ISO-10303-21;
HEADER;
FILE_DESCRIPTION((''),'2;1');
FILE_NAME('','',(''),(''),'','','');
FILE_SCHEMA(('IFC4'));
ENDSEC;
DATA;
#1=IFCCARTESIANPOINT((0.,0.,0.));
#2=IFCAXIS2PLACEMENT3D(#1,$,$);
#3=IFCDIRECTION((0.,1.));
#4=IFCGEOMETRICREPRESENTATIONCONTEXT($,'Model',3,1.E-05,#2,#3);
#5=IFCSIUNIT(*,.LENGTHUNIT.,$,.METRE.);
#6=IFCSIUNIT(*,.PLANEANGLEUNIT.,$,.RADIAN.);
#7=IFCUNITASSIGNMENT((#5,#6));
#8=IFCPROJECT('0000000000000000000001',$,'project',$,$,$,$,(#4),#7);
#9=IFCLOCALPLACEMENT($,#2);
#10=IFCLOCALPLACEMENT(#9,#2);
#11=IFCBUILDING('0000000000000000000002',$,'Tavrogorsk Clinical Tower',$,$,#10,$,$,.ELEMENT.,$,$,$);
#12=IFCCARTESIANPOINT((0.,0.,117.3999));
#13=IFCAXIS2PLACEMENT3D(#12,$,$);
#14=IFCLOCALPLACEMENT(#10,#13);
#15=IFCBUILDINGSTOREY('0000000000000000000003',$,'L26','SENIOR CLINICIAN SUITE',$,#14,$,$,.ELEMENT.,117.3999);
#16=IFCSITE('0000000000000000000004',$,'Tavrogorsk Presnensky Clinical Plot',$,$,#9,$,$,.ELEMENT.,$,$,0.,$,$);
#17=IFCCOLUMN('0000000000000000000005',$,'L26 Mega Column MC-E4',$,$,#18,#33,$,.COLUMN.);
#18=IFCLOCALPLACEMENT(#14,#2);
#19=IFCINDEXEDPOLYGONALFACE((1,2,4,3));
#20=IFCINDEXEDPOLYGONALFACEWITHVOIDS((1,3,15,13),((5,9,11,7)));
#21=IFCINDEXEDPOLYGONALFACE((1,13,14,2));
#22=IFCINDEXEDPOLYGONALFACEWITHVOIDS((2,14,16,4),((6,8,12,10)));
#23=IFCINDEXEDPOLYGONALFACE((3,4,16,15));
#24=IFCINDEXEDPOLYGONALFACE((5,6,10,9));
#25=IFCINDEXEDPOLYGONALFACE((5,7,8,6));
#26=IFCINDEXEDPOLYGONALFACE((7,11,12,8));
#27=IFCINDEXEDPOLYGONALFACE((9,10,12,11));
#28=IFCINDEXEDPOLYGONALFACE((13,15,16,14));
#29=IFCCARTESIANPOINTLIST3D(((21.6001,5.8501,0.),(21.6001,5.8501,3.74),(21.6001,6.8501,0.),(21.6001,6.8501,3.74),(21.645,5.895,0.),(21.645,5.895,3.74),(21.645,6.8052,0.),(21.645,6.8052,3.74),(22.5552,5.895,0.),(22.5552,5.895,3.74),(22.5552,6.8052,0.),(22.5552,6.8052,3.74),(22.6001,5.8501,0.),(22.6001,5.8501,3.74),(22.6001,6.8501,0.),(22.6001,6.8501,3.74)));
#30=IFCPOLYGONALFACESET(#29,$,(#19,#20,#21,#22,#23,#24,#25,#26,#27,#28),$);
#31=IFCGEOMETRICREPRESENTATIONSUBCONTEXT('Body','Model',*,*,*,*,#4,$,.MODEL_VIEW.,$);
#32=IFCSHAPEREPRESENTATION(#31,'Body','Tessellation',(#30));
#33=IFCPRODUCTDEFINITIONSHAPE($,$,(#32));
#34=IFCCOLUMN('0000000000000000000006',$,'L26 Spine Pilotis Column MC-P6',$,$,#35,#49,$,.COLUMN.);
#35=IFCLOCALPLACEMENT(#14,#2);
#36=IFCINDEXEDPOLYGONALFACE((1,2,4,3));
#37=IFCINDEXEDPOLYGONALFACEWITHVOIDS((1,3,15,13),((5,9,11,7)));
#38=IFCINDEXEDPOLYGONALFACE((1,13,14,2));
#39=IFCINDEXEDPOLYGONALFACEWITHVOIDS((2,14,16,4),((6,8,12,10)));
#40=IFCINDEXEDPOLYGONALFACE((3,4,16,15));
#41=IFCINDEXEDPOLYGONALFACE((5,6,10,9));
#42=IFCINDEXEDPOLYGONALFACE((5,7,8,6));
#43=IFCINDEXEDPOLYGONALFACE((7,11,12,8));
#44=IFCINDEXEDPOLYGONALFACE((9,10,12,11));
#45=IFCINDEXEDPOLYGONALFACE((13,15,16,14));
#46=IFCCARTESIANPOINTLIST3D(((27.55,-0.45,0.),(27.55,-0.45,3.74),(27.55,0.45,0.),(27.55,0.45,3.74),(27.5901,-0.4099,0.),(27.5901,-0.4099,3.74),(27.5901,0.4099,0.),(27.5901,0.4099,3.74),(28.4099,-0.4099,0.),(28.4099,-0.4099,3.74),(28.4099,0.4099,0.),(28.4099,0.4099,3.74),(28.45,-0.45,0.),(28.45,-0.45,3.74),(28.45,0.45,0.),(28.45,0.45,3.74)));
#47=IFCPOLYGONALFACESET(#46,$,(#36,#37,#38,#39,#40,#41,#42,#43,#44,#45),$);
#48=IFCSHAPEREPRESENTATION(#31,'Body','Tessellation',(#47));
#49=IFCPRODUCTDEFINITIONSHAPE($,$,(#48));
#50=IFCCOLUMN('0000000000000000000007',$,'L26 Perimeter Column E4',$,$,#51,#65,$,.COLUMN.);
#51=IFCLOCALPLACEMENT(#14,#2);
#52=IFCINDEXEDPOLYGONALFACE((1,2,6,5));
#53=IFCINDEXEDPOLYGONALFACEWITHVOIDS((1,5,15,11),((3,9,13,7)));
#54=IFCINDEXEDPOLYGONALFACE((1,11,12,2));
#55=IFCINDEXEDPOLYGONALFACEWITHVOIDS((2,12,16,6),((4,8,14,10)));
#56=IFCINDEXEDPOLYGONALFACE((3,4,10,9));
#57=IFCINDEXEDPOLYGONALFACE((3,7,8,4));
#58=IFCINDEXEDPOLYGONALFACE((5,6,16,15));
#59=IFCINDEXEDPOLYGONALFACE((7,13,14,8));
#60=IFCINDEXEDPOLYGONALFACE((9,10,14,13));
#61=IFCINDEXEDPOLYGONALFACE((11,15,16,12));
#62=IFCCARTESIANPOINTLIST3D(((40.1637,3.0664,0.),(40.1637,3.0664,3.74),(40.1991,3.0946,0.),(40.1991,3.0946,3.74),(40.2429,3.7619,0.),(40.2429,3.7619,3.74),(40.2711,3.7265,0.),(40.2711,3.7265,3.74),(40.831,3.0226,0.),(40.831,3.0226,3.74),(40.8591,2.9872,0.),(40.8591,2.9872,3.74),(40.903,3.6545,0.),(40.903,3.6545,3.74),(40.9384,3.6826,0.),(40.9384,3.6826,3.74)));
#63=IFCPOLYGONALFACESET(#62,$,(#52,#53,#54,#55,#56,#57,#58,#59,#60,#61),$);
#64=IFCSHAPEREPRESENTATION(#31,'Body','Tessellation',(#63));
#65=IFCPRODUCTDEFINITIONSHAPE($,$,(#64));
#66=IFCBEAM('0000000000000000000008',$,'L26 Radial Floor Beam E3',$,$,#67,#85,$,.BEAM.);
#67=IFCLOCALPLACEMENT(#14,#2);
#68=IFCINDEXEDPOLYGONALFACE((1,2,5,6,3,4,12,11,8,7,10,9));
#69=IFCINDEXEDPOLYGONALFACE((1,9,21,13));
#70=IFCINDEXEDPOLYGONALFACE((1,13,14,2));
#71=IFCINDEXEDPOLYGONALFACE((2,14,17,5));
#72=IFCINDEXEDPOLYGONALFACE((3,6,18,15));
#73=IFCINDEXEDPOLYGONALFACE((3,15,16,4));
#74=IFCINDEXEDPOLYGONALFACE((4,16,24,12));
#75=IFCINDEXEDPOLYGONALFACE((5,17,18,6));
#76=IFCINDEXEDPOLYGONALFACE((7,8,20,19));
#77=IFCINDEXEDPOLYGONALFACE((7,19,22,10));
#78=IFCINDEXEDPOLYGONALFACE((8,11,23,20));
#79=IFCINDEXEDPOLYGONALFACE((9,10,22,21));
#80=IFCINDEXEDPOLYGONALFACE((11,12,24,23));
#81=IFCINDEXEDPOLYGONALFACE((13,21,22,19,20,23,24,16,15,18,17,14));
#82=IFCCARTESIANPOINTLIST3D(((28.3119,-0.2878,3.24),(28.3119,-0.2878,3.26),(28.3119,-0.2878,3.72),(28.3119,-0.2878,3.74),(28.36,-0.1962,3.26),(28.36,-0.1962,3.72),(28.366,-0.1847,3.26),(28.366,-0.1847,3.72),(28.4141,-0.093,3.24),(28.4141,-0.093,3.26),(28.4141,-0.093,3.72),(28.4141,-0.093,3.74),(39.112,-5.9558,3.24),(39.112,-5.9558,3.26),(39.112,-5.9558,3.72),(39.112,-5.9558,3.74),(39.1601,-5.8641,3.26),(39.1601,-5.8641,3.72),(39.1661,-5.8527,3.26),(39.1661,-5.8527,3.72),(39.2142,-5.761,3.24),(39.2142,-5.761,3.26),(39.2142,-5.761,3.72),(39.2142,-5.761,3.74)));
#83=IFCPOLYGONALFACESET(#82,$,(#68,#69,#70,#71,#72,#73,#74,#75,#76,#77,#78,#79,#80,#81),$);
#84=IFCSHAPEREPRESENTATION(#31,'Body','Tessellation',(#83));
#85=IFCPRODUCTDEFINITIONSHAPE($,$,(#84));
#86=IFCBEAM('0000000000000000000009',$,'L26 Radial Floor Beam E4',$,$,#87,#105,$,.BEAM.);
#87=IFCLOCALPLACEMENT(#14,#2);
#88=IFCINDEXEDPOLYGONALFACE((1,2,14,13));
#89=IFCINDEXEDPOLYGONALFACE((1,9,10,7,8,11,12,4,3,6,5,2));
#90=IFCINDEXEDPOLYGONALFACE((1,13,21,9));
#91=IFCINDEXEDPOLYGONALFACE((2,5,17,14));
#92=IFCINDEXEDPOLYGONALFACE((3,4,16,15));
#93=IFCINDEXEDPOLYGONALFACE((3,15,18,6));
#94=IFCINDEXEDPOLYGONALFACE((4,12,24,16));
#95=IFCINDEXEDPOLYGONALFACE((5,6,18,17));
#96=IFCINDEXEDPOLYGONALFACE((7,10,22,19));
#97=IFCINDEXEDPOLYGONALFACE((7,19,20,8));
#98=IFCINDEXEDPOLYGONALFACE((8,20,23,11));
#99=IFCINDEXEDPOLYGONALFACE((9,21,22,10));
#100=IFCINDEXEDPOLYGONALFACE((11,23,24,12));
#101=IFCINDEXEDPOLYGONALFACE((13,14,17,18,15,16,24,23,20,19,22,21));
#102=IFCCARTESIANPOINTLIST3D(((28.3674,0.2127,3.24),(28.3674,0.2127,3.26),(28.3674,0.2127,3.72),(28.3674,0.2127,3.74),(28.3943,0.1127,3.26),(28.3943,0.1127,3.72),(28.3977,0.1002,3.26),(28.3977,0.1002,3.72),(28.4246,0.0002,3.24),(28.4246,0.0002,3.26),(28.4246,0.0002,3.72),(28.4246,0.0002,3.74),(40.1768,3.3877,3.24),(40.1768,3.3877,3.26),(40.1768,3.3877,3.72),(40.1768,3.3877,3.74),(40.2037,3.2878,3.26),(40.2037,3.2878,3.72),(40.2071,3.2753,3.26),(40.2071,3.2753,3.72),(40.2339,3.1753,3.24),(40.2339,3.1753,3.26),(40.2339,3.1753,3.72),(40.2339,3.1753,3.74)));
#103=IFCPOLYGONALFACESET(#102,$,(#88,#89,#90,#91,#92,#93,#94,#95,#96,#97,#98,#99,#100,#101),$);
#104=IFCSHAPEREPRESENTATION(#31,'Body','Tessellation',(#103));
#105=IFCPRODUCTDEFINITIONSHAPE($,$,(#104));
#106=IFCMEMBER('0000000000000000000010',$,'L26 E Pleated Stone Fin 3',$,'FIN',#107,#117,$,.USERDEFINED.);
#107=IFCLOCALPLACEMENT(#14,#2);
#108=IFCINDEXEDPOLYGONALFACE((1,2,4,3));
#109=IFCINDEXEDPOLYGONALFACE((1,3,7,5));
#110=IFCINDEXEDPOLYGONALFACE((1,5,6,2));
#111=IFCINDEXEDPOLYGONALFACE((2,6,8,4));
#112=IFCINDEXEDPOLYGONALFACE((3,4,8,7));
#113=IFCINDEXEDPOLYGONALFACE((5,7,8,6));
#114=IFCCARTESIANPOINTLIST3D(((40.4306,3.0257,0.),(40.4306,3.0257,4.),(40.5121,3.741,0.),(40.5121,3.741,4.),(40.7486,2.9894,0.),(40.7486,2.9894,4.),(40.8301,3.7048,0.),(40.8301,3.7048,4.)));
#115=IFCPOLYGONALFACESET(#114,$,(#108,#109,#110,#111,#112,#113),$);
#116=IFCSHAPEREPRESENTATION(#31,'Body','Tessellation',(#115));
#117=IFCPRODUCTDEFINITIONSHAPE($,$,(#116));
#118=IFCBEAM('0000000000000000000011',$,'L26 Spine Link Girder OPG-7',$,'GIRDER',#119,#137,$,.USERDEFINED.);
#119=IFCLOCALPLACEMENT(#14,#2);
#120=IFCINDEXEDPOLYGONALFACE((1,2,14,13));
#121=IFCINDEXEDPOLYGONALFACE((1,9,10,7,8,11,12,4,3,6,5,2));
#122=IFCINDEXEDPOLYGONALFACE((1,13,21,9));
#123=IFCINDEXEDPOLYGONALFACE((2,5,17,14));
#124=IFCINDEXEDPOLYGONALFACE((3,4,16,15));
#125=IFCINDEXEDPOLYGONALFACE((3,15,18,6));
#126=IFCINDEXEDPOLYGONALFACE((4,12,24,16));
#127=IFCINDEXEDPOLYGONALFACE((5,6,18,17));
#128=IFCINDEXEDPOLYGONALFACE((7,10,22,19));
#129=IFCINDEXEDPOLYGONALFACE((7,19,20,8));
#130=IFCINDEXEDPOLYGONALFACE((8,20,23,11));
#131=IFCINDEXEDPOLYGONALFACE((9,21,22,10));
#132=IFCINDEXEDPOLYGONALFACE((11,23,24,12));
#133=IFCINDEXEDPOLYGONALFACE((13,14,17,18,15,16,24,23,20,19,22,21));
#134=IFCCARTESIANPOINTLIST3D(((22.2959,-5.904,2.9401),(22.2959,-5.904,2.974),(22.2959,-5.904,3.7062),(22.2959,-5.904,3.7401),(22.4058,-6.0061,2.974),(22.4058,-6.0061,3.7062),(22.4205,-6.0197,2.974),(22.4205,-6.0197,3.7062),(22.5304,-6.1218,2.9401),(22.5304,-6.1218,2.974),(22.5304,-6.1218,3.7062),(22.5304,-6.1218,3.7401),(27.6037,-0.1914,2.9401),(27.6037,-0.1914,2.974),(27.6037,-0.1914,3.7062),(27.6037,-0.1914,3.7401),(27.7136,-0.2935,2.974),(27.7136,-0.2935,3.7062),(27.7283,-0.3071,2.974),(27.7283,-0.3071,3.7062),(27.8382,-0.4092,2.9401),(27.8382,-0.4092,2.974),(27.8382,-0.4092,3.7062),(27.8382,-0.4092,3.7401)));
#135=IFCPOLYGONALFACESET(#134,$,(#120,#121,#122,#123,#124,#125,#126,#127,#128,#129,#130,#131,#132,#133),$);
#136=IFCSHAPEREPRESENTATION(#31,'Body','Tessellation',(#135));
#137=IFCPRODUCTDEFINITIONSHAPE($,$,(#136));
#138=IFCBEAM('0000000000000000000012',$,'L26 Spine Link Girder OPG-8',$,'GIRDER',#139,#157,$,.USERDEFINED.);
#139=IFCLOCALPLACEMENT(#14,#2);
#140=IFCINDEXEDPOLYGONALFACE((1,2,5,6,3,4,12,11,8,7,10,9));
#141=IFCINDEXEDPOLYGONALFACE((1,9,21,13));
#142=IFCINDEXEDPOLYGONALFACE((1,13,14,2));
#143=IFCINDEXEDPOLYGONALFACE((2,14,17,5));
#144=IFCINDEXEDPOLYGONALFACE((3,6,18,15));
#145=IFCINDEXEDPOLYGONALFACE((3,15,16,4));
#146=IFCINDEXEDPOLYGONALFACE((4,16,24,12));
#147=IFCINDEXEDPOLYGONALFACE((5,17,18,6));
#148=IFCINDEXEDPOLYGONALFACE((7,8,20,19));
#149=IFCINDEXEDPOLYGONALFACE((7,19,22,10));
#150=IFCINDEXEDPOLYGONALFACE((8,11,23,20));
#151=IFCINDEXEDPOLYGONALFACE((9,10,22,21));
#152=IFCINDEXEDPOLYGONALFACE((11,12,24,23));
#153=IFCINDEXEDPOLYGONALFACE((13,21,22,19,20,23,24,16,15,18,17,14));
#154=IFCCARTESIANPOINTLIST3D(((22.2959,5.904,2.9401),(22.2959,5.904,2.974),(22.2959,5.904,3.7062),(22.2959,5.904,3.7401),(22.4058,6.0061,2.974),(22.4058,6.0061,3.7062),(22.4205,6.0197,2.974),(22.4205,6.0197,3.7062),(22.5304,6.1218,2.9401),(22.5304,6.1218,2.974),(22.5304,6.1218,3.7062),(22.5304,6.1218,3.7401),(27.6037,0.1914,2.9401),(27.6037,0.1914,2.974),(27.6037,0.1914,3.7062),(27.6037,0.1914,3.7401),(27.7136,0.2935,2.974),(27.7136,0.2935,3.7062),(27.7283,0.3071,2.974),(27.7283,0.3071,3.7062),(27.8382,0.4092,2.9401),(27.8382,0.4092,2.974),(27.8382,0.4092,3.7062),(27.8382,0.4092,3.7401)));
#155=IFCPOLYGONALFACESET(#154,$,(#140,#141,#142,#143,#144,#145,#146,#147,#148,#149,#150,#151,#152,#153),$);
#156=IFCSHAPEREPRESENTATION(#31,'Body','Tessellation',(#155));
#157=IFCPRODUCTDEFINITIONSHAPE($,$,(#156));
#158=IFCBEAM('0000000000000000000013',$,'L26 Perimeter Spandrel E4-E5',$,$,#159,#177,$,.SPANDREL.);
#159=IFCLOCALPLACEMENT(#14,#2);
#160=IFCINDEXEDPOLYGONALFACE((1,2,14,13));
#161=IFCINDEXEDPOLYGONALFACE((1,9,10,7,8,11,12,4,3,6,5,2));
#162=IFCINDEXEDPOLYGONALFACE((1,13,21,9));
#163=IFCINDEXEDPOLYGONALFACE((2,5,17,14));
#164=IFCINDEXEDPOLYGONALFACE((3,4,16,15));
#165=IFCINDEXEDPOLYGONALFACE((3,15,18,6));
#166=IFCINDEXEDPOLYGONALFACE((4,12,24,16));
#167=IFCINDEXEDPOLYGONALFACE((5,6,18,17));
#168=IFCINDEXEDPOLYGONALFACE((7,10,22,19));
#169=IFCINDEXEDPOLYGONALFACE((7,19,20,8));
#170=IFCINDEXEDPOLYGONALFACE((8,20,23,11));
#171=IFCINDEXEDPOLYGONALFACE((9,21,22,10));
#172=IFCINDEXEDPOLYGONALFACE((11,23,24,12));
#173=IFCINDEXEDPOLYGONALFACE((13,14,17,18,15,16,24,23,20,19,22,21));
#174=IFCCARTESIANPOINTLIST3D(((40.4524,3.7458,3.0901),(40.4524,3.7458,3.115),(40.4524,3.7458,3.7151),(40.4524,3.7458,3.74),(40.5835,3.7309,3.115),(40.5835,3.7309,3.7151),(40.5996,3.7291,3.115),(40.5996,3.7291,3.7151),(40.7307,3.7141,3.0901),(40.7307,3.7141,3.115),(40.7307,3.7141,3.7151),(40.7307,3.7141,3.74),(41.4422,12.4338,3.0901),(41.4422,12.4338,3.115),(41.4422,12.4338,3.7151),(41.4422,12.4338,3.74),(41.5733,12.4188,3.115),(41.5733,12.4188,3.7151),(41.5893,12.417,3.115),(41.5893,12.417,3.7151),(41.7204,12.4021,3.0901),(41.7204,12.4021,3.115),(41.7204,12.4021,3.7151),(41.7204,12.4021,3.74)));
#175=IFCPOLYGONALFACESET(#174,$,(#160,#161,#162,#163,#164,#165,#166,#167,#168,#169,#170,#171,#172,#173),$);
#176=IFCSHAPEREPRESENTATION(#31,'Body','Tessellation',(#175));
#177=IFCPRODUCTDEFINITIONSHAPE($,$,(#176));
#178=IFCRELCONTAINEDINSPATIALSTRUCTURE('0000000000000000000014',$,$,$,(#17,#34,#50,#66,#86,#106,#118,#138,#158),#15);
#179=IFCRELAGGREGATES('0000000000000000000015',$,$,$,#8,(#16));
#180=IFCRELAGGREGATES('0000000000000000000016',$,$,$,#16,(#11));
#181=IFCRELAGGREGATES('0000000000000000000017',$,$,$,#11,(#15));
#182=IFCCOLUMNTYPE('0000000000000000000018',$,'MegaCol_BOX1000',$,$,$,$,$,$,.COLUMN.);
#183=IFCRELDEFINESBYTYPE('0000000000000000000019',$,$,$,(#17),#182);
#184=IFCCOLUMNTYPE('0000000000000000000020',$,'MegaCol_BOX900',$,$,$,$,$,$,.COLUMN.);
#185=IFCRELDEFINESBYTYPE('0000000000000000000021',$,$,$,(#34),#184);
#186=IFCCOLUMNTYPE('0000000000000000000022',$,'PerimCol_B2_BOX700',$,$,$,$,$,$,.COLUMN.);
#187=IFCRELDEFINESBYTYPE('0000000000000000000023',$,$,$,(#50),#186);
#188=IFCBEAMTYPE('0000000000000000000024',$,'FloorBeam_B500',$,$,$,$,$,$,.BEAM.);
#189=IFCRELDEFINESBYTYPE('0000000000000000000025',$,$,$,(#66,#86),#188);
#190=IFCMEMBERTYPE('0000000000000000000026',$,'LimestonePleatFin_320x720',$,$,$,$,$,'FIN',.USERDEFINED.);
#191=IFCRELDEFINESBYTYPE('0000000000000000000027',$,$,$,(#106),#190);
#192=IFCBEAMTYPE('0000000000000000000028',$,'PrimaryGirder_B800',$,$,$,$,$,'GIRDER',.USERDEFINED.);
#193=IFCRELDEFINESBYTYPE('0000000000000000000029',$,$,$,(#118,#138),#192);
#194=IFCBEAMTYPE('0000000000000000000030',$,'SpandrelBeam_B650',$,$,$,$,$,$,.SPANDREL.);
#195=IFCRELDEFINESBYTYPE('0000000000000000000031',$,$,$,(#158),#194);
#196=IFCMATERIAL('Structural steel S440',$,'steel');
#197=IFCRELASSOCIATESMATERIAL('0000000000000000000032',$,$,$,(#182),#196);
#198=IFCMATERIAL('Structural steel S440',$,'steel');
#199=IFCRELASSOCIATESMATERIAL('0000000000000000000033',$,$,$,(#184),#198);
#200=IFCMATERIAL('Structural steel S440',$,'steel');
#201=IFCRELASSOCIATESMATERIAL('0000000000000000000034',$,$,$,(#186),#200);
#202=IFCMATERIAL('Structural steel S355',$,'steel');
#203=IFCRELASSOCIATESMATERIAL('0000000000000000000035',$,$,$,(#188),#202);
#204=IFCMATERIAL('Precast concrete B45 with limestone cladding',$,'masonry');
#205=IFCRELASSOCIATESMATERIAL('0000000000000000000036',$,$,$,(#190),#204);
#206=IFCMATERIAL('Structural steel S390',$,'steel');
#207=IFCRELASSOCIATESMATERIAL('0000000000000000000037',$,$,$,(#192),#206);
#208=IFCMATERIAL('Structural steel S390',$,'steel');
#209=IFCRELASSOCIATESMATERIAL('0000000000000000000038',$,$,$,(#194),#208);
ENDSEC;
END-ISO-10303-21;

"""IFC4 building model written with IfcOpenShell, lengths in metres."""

from ifc_helpers import new_model, si_unit, direction, frame, origin, origin_2d, place, context, subcontext, project, spatial, rectangle, hollow_rectangle, i_section, extrude, material, material_profile, profile_set, type_object, element, save


model = new_model("IFC4")

# Units and contexts
model_context = context("Model", 3, precision=1e-05, world=origin(), true_north=direction((0.0, 1.0)))
body_context = subcontext(model_context, "Body", "Model", "MODEL_VIEW")
ifc_project = project(units=[si_unit("LENGTHUNIT", "METRE"), si_unit("PLANEANGLEUNIT", "RADIAN")], contexts=[model_context])

# Site, building, storey
site_placement = place(None, origin())
site = spatial("IfcSite", under=ifc_project, at=site_placement, Name="Tavrogorsk Presnensky Clinical Plot", CompositionType="ELEMENT", RefElevation=0.0)
building_placement = place(site_placement, origin())
building = spatial("IfcBuilding", under=site, at=building_placement, Name="Tavrogorsk Clinical Tower", CompositionType="ELEMENT")
storey_placement = place(building_placement, frame((0.0, 0.0, 117.3999)))
storey = spatial("IfcBuildingStorey", under=building, at=storey_placement, Name="L26", Description="SENIOR CLINICIAN SUITE", CompositionType="ELEMENT", Elevation=117.3999)

# Columns
ifc_material_1 = material(Name="Structural steel S440", Category="steel")
ifc_material_profile_1 = material_profile(ifc_material_1, hollow_rectangle(XDim=1.0, YDim=1.0, WallThickness=0.0449, at=origin_2d()), Name="BOX-1000x1000x45")
ifc_profile_set_1 = profile_set([ifc_material_profile_1], Name="Structural steel S440")
column_type_1 = type_object("IfcColumnType", Name="MegaCol_BOX1000", PredefinedType="COLUMN", material=ifc_profile_set_1)
column_1_placement = place(storey_placement, frame((22.1001, 6.3501, 0.0), z_axis=(0.0, 0.0, 1.0), x_axis=(1.0, 0.0, 0.0)))
element("IfcColumn", 1, at=column_1_placement, inside=storey, type_object=column_type_1, Name="L26 Mega Column MC-E4", PredefinedType="COLUMN", context=body_context, shape_type="SweptSolid", body=[
    extrude(hollow_rectangle(XDim=1.0, YDim=1.0, WallThickness=0.0449, at=origin_2d()), origin(), (0.0, 0.0, 1.0), 3.74),
])
ifc_material_2 = material(Name="Structural steel S440", Category="steel")
ifc_material_profile_2 = material_profile(ifc_material_2, hollow_rectangle(XDim=0.8999, YDim=0.8999, WallThickness=0.04, at=origin_2d()), Name="BOX-900x900x40")
ifc_profile_set_2 = profile_set([ifc_material_profile_2], Name="Structural steel S440")
column_type_2 = type_object("IfcColumnType", Name="MegaCol_BOX900", PredefinedType="COLUMN", material=ifc_profile_set_2)
column_2_placement = place(storey_placement, frame((28.0, 0.0, 0.0), z_axis=(0.0, 0.0, 1.0), x_axis=(1.0, 0.0, 0.0)))
element("IfcColumn", 2, at=column_2_placement, inside=storey, type_object=column_type_2, Name="L26 Spine Pilotis Column MC-P6", PredefinedType="COLUMN", context=body_context, shape_type="SweptSolid", body=[
    extrude(hollow_rectangle(XDim=0.8999, YDim=0.8999, WallThickness=0.04, at=origin_2d()), origin(), (0.0, 0.0, 1.0), 3.74),
])
ifc_material_3 = material(Name="Structural steel S440", Category="steel")
ifc_material_profile_3 = material_profile(ifc_material_3, hollow_rectangle(XDim=0.7, YDim=0.7, WallThickness=0.032, at=origin_2d()), Name="BOX-700x700x32")
ifc_profile_set_3 = profile_set([ifc_material_profile_3], Name="Structural steel S440")
column_type_3 = type_object("IfcColumnType", Name="PerimCol_B2_BOX700", PredefinedType="COLUMN", material=ifc_profile_set_3)
column_3_placement = place(storey_placement, frame((40.551, 3.3745, 0.0), z_axis=(0.0, 0.0, 1.0), x_axis=(0.993572, -0.113203, 0.0)))
element("IfcColumn", 3, at=column_3_placement, inside=storey, type_object=column_type_3, Name="L26 Perimeter Column E4", PredefinedType="COLUMN", context=body_context, shape_type="SweptSolid", body=[
    extrude(hollow_rectangle(XDim=0.7, YDim=0.7, WallThickness=0.032, at=origin_2d()), origin(), (0.0, 0.0, 1.0), 3.74),
])

# Beams
ifc_material_4 = material(Name="Structural steel S355", Category="steel")
ifc_material_profile_4 = material_profile(ifc_material_4, i_section(OverallWidth=0.22, OverallDepth=0.5, WebThickness=0.0129, FlangeThickness=0.02, at=origin_2d()), Name="B-500x220x13x20")
ifc_profile_set_4 = profile_set([ifc_material_profile_4], Name="Structural steel S355")
beam_type_1 = type_object("IfcBeamType", Name="FloorBeam_B500", PredefinedType="BEAM", material=ifc_profile_set_4)
beam_1_placement = place(storey_placement, frame((28.363, -0.1904, 3.49), z_axis=(0.885467, -0.464702, 0.0), x_axis=(0.464702, 0.885467, 0.0)))
element("IfcBeam", 4, at=beam_1_placement, inside=storey, type_object=beam_type_1, Name="L26 Radial Floor Beam E3", PredefinedType="BEAM", context=body_context, shape_type="SweptSolid", body=[
    extrude(i_section(OverallWidth=0.22, OverallDepth=0.5, WebThickness=0.0129, FlangeThickness=0.02, at=origin_2d()), origin(), (0.0, 0.0, 1.0), 12.197),
])
beam_2_placement = place(storey_placement, frame((28.396, 0.1064, 3.49), z_axis=(0.965706, 0.259639, 0.0), x_axis=(-0.259639, 0.965706, 0.0)))
element("IfcBeam", 5, at=beam_2_placement, inside=storey, type_object=beam_type_1, Name="L26 Radial Floor Beam E4", PredefinedType="BEAM", context=body_context, shape_type="SweptSolid", body=[
    extrude(i_section(OverallWidth=0.22, OverallDepth=0.5, WebThickness=0.0129, FlangeThickness=0.02, at=origin_2d()), origin(), (0.0, 0.0, 1.0), 12.2288),
])

# Member
ifc_material_5 = material(Name="Precast concrete B45 with limestone cladding", Category="masonry")
ifc_material_profile_5 = material_profile(ifc_material_5, rectangle(XDim=0.3201, YDim=0.72, at=origin_2d()), Name="LIMESTONE-FIN-320x720")
ifc_profile_set_5 = profile_set([ifc_material_profile_5], Name="Precast concrete B45 with limestone cladding")
member_type = type_object("IfcMemberType", Name="LimestonePleatFin_320x720", ElementType="FIN", PredefinedType="USERDEFINED", material=ifc_profile_set_5)
member_placement = place(storey_placement, frame((40.6304, 3.3652, 0.0), z_axis=(0.0, 0.0, 1.0), x_axis=(0.993572, -0.113203, 0.0)))
element("IfcMember", 6, at=member_placement, inside=storey, type_object=member_type, Name="L26 E Pleated Stone Fin 3", ObjectType="FIN", PredefinedType="USERDEFINED", context=body_context, shape_type="SweptSolid", body=[
    extrude(rectangle(XDim=0.3201, YDim=0.72, at=origin_2d()), origin(), (0.0, 0.0, 1.0), 4.0),
])

# Beams
ifc_material_6 = material(Name="Structural steel S390", Category="steel")
ifc_material_profile_6 = material_profile(ifc_material_6, i_section(OverallWidth=0.3201, OverallDepth=0.8, WebThickness=0.02, FlangeThickness=0.0339, at=origin_2d()), Name="B-800x320x20x34")
ifc_profile_set_6 = profile_set([ifc_material_profile_6], Name="Structural steel S390")
beam_type_2 = type_object("IfcBeamType", Name="PrimaryGirder_B800", ElementType="GIRDER", PredefinedType="USERDEFINED", material=ifc_profile_set_6)
for number, where, z_axis, x_axis, name in (
    (7, (27.7209, -0.3003, 3.3401), (-0.680676, -0.732585, 0.0), (0.732585, -0.680676, 0.0), "L26 Spine Link Girder OPG-7"),
    (8, (27.7209, 0.3003, 3.3401), (-0.680676, 0.732585, 0.0), (-0.732585, -0.680676, 0.0), "L26 Spine Link Girder OPG-8"),
):
    element("IfcBeam", number, at=place(storey_placement, frame(where, z_axis=z_axis, x_axis=x_axis)), inside=storey, type_object=beam_type_2, Name=name, ObjectType="GIRDER", PredefinedType="USERDEFINED", context=body_context, shape_type="SweptSolid", body=[
        extrude(i_section(OverallWidth=0.3201, OverallDepth=0.8, WebThickness=0.02, FlangeThickness=0.0339, at=origin_2d()), origin(), (0.0, 0.0, 1.0), 7.7979),
    ])
ifc_material_7 = material(Name="Structural steel S390", Category="steel")
ifc_material_profile_7 = material_profile(ifc_material_7, i_section(OverallWidth=0.28, OverallDepth=0.6499, WebThickness=0.0161, FlangeThickness=0.0249, at=origin_2d()), Name="B-650x280x16x25")
ifc_profile_set_7 = profile_set([ifc_material_profile_7], Name="Structural steel S390")
beam_type_3 = type_object("IfcBeamType", Name="SpandrelBeam_B650", PredefinedType="SPANDREL", material=ifc_profile_set_7)
beam_3_placement = place(storey_placement, frame((40.5916, 3.73, 3.415), z_axis=(0.113189, 0.993573, 0.0), x_axis=(-0.993573, 0.113189, 0.0)))
element("IfcBeam", 9, at=beam_3_placement, inside=storey, type_object=beam_type_3, Name="L26 Perimeter Spandrel E4-E5", PredefinedType="SPANDREL", context=body_context, shape_type="SweptSolid", body=[
    extrude(i_section(OverallWidth=0.28, OverallDepth=0.6499, WebThickness=0.0161, FlangeThickness=0.0249, at=origin_2d()), origin(), (0.0, 0.0, 1.0), 8.7441),
])

save(model, "model.ifc")
